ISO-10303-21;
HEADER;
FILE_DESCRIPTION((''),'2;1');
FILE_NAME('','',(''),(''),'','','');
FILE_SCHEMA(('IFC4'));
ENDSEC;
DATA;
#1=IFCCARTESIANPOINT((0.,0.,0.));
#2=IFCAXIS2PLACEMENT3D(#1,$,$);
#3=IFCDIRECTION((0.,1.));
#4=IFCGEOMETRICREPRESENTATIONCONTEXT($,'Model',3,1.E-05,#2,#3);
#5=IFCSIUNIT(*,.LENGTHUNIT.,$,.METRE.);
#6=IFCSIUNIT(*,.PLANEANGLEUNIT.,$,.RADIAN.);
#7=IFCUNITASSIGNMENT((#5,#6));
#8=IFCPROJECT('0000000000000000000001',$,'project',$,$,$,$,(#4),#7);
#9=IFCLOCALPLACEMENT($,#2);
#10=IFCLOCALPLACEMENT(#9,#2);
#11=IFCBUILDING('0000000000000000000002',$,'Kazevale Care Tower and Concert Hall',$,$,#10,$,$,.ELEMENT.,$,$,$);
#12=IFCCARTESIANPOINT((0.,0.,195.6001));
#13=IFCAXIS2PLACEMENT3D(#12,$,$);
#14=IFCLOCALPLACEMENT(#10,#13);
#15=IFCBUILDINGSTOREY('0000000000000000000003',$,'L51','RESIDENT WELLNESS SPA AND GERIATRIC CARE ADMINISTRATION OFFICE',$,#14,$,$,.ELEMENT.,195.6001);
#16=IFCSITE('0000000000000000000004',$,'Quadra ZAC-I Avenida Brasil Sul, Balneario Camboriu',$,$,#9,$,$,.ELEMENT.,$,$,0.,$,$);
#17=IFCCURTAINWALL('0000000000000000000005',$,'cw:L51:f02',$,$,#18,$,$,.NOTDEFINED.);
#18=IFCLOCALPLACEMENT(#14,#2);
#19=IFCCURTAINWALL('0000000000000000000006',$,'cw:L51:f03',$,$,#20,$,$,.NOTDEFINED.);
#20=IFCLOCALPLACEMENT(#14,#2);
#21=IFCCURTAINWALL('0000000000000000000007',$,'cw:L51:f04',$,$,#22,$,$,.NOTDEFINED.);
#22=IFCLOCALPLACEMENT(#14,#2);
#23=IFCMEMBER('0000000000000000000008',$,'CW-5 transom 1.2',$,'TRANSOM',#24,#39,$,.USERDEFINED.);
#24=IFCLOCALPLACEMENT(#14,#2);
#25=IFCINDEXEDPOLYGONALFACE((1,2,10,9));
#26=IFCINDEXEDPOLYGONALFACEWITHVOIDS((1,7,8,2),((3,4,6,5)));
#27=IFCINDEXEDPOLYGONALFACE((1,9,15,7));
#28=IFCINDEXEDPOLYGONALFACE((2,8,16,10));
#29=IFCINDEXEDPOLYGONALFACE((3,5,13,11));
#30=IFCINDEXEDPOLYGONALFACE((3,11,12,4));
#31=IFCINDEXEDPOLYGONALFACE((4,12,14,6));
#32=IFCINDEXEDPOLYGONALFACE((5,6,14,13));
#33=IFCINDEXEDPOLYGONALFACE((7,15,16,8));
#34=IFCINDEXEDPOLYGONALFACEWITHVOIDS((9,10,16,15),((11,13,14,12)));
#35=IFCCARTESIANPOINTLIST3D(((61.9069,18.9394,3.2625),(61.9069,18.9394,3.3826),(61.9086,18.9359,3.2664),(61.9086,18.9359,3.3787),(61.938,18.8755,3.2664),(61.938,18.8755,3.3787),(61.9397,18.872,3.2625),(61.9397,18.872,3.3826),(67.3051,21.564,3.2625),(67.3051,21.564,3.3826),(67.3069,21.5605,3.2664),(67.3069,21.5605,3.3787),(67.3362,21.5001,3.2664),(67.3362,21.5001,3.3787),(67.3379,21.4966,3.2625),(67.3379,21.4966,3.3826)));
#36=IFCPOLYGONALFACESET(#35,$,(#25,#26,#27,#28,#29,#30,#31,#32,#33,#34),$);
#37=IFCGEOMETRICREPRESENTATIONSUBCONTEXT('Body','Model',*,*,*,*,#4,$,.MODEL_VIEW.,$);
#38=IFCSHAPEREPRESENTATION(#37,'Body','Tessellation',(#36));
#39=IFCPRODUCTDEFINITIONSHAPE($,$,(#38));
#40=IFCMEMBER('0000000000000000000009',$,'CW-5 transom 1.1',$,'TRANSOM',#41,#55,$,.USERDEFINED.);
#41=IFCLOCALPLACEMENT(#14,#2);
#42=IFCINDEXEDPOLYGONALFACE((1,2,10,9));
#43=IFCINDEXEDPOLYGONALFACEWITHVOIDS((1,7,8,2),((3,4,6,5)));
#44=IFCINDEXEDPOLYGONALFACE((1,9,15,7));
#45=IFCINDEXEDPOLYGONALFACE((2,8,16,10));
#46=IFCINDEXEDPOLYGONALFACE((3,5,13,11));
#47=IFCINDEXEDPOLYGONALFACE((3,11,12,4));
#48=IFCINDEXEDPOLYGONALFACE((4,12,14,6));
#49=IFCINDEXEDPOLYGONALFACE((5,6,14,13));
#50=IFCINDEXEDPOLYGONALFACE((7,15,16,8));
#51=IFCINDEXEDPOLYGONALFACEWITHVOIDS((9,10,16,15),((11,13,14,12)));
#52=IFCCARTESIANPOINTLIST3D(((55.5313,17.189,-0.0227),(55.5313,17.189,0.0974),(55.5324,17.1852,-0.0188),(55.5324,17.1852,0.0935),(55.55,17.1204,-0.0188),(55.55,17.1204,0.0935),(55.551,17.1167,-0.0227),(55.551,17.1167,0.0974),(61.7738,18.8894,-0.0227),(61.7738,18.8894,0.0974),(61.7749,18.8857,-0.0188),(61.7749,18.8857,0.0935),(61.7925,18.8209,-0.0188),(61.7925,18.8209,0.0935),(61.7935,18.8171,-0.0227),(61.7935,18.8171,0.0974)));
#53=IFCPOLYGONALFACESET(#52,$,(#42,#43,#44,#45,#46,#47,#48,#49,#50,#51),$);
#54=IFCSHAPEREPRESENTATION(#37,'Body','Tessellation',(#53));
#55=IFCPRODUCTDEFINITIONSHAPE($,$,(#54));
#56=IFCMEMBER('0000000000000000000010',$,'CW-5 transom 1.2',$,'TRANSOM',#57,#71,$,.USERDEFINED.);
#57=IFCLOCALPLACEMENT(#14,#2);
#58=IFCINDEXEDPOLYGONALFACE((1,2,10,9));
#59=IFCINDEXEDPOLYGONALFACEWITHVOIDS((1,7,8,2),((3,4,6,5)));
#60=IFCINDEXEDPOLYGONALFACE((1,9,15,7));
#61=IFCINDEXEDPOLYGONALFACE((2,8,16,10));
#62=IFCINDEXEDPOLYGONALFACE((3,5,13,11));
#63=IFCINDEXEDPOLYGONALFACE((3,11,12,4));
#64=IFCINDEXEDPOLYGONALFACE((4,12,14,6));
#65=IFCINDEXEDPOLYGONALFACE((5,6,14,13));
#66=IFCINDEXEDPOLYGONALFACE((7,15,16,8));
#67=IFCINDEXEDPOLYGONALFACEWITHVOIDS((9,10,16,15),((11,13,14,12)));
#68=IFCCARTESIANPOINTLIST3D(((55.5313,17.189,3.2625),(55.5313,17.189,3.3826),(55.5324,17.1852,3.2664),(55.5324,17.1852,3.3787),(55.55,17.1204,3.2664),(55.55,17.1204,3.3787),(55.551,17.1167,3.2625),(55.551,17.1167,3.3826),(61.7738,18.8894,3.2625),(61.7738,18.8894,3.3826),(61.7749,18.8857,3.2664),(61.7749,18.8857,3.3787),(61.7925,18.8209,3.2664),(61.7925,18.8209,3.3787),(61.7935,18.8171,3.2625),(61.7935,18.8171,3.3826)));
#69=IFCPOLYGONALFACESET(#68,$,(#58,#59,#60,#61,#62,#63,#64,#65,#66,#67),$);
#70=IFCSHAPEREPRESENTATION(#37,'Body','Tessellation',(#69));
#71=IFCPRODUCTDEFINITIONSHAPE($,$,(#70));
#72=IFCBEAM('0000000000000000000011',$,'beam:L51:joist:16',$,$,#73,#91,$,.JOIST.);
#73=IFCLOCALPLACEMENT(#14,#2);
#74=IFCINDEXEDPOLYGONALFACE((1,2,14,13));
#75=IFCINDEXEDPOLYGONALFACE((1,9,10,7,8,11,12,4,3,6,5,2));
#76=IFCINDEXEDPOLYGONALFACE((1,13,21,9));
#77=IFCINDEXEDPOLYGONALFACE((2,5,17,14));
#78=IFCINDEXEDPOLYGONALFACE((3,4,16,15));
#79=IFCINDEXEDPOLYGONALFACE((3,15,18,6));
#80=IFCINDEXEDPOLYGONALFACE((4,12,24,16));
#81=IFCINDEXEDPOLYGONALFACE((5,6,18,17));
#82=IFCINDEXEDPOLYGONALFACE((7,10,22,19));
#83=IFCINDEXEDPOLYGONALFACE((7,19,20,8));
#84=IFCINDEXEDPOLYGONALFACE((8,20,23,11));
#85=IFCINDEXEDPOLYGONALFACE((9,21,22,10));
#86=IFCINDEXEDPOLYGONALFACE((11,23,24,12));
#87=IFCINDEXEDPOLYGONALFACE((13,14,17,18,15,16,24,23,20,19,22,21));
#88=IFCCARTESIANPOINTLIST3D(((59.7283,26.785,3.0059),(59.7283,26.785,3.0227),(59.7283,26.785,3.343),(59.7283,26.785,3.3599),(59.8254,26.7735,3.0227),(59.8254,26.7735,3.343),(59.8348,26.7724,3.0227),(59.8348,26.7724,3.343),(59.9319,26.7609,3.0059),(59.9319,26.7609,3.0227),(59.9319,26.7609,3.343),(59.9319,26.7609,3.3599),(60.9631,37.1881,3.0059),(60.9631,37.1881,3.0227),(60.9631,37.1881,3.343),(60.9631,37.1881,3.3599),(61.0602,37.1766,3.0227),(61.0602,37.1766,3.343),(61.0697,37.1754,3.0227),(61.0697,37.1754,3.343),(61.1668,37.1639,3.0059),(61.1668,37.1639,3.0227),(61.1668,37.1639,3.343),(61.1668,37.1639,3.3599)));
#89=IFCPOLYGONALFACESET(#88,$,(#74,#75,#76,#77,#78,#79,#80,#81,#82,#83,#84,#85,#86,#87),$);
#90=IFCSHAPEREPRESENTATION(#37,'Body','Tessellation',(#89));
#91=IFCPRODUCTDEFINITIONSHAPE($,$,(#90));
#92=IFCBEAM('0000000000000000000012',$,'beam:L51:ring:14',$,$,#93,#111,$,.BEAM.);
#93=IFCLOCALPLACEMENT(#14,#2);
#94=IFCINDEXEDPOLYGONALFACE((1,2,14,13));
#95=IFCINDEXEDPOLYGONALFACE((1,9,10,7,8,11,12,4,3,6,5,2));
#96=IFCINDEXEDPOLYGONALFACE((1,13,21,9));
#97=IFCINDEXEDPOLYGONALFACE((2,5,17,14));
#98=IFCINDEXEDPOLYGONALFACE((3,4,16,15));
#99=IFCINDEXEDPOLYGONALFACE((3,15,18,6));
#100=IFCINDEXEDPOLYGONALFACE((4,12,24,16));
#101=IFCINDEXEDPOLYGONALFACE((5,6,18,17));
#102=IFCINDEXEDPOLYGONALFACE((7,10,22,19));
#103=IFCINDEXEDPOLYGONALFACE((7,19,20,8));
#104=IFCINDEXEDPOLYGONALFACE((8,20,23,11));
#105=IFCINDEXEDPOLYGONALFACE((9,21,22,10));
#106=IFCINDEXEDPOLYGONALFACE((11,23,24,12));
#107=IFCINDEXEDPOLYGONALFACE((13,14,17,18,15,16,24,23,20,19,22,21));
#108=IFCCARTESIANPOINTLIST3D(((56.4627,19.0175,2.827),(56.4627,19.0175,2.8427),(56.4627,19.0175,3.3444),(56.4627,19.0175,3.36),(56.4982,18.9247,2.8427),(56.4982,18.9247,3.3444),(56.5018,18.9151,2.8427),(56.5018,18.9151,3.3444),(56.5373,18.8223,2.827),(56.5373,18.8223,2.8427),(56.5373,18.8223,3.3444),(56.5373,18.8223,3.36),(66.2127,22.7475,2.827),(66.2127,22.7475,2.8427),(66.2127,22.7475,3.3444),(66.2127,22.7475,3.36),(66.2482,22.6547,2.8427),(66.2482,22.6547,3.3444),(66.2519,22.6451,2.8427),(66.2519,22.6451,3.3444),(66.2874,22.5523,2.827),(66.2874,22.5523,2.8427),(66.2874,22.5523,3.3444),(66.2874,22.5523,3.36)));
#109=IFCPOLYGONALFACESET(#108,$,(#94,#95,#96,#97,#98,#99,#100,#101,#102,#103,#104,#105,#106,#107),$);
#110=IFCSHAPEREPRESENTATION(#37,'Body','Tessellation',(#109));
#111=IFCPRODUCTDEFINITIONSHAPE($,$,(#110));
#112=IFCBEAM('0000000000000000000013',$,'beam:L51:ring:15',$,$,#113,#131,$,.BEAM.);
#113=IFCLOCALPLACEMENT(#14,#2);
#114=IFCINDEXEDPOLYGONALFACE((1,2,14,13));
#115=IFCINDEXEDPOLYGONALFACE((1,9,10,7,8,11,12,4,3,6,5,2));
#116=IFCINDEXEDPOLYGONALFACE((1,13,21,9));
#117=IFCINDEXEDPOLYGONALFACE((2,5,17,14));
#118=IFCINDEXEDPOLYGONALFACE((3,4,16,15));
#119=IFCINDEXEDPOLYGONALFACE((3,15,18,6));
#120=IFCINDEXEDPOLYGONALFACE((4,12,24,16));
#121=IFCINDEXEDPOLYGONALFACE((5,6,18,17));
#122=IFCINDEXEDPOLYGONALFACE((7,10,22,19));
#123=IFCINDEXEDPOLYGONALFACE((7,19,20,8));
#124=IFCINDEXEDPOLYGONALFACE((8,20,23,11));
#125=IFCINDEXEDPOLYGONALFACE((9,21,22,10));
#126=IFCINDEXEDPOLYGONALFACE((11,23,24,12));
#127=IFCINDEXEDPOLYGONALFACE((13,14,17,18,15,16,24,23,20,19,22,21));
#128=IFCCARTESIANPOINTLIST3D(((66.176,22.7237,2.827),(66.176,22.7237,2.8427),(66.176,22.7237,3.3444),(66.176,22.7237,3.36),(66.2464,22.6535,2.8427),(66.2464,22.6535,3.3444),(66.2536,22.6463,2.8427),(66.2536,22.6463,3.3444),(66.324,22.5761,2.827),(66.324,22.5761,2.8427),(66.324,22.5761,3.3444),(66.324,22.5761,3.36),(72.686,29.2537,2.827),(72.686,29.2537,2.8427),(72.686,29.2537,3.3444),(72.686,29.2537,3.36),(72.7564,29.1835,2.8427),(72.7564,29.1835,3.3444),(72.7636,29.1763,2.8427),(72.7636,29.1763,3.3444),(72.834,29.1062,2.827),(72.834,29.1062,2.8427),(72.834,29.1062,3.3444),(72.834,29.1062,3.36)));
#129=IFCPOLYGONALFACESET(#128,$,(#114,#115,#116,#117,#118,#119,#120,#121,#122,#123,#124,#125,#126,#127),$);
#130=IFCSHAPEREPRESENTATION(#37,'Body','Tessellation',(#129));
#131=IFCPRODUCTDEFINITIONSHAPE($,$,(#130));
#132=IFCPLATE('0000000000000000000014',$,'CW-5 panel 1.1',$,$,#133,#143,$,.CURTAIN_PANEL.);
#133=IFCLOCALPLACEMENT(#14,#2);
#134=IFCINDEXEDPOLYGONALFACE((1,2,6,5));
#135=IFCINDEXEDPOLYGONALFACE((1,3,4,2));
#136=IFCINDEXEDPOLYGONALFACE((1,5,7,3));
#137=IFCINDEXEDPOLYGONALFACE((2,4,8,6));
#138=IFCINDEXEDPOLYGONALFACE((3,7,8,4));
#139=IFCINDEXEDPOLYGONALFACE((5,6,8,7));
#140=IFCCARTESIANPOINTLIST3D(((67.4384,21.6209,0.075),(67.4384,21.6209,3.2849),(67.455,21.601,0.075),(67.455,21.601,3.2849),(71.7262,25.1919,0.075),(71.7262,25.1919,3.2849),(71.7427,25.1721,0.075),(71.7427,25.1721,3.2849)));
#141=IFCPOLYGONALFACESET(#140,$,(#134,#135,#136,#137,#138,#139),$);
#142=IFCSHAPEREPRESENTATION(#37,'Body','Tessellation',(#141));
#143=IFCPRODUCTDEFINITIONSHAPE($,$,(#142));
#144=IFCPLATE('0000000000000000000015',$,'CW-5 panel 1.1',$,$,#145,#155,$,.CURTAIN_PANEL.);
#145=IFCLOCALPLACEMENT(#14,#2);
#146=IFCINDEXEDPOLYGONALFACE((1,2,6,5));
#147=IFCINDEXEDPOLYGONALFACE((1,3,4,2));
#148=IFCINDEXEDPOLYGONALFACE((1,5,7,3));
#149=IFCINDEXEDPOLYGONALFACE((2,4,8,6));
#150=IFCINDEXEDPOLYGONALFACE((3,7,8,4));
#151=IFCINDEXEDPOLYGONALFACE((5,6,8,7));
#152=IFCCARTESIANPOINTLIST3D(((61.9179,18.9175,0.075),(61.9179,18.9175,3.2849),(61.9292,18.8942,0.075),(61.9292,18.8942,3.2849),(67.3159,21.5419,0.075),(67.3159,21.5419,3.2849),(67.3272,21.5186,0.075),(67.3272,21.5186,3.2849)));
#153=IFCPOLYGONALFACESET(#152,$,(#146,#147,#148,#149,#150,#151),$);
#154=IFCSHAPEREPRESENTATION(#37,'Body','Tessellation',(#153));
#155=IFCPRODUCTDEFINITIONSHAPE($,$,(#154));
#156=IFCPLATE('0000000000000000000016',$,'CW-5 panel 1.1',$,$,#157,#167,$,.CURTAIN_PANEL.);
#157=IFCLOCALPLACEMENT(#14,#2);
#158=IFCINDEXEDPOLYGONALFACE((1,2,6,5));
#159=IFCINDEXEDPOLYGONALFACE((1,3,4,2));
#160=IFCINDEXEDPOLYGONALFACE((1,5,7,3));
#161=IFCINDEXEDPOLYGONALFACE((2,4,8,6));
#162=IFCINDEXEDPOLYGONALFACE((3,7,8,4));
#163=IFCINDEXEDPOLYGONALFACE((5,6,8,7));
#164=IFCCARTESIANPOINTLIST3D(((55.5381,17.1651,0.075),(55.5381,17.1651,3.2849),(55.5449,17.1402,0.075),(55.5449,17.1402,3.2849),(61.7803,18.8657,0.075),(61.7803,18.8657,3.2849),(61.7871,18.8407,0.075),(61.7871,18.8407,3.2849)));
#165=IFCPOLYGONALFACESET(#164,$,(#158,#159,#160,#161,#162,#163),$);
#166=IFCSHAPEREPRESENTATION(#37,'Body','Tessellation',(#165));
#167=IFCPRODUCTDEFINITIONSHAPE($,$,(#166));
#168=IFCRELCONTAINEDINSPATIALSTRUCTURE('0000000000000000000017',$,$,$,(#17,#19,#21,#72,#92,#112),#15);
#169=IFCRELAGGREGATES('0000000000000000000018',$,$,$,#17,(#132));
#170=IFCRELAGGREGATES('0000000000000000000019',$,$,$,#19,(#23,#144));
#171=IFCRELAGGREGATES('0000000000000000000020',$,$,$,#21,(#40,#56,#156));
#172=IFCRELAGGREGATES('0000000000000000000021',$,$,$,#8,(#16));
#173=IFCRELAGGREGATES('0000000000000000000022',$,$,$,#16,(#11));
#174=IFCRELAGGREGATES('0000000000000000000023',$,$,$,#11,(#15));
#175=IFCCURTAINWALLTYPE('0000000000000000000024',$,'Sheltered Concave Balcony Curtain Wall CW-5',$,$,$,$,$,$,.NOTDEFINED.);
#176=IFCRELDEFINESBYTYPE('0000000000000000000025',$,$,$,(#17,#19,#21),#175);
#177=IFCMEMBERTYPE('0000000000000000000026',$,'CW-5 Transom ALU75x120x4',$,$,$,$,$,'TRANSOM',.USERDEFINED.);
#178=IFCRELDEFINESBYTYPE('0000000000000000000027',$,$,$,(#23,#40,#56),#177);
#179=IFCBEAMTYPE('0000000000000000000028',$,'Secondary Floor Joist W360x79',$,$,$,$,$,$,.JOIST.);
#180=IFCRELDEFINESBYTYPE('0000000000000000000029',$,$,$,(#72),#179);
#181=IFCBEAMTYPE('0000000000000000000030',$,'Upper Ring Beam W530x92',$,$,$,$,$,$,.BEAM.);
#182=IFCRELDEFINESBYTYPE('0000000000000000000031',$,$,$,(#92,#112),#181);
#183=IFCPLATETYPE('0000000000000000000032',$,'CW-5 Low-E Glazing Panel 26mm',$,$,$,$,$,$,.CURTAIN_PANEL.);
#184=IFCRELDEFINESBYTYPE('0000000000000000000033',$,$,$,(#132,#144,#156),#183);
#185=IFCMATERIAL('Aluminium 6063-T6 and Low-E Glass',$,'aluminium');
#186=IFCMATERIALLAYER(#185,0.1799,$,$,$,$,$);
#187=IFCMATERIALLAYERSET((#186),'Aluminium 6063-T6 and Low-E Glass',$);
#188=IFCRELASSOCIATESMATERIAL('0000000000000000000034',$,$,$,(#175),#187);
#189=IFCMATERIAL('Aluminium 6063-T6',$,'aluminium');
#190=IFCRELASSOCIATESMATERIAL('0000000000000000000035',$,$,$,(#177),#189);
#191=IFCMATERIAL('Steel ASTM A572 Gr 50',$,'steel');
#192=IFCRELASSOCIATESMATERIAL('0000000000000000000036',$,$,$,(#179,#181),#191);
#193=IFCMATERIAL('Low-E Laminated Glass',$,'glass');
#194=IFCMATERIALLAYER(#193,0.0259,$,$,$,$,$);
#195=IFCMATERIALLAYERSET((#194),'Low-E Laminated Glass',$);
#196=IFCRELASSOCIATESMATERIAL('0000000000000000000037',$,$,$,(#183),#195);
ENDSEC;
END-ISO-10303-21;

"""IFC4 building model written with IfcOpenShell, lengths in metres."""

from ifc_helpers import new_model, si_unit, direction, frame, origin, origin_2d, place, context, subcontext, project, spatial, rectangle, hollow_rectangle, i_section, extrude, material, layer, layer_set, material_profile, profile_set, type_object, element, aggregate, save


model = new_model("IFC4")

# Units and contexts
model_context = context("Model", 3, precision=1e-05, world=origin(), true_north=direction((0.0, 1.0)))
body_context = subcontext(model_context, "Body", "Model", "MODEL_VIEW")
ifc_project = project(units=[si_unit("LENGTHUNIT", "METRE"), si_unit("PLANEANGLEUNIT", "RADIAN")], contexts=[model_context])

# Site, building, storey
site_placement = place(None, origin())
site = spatial("IfcSite", under=ifc_project, at=site_placement, Name="Quadra ZAC-I Avenida Brasil Sul, Balneario Camboriu", CompositionType="ELEMENT", RefElevation=0.0)
building_placement = place(site_placement, origin())
building = spatial("IfcBuilding", under=site, at=building_placement, Name="Kazevale Care Tower and Concert Hall", CompositionType="ELEMENT")
storey_placement = place(building_placement, frame((0.0, 0.0, 195.6001)))
storey = spatial("IfcBuildingStorey", under=building, at=storey_placement, Name="L51", Description="RESIDENT WELLNESS SPA AND GERIATRIC CARE ADMINISTRATION OFFICE", CompositionType="ELEMENT", Elevation=195.6001)

# Curtain walls
ifc_material_1 = material(Name="Aluminium 6063-T6 and Low-E Glass", Category="aluminium")
ifc_layer_1 = layer(ifc_material_1, 0.1799)
ifc_layer_set_1 = layer_set([ifc_layer_1], Name="Aluminium 6063-T6 and Low-E Glass")
curtain_wall_type = type_object("IfcCurtainWallType", Name="Sheltered Concave Balcony Curtain Wall CW-5", PredefinedType="NOTDEFINED", material=ifc_layer_set_1)
curtain_wall_1_placement = place(storey_placement, origin())
curtain_wall_1 = element("IfcCurtainWall", 1, at=curtain_wall_1_placement, inside=storey, type_object=curtain_wall_type, Name="cw:L51:f02", PredefinedType="NOTDEFINED")
ifc_material_2 = material(Name="Aluminium 6063-T6", Category="aluminium")
curtain_wall_2_placement = place(storey_placement, origin())
curtain_wall_2 = element("IfcCurtainWall", 2, at=curtain_wall_2_placement, inside=storey, type_object=curtain_wall_type, Name="cw:L51:f03", PredefinedType="NOTDEFINED")

# Curtain wall
curtain_wall_3_placement = place(storey_placement, origin())
curtain_wall_3 = element("IfcCurtainWall", 3, at=curtain_wall_3_placement, inside=storey, type_object=curtain_wall_type, Name="cw:L51:f04", PredefinedType="NOTDEFINED")

# Members
ifc_material_profile_1 = material_profile(ifc_material_2, hollow_rectangle(XDim=0.075, YDim=0.1201, WallThickness=0.0039, at=origin_2d()), Name="ALU75x120x4")
ifc_profile_set_1 = profile_set([ifc_material_profile_1], Name="Aluminium 6063-T6")
member_type_1 = type_object("IfcMemberType", Name="CW-5 Transom ALU75x120x4", ElementType="TRANSOM", PredefinedType="USERDEFINED", material=ifc_profile_set_1)
member_1_placement = place(storey_placement, frame((67.3215, 21.5303, 3.3225), z_axis=(-0.899342, -0.437245, 0.0), x_axis=(0.437245, -0.899342, 0.0)))
member_1 = element("IfcMember", 4, at=member_1_placement, type_object=member_type_1, Name="CW-5 transom 1.2", ObjectType="TRANSOM", PredefinedType="USERDEFINED", context=body_context, shape_type="SweptSolid", body=[
    extrude(hollow_rectangle(XDim=0.075, YDim=0.1201, WallThickness=0.0039, at=origin_2d()), origin(), (0.0, 0.0, 1.0), 6.0024),
])
member_2_placement = place(storey_placement, frame((61.7837, 18.8533, 0.0374), z_axis=(-0.964844, -0.262824, 0.0), x_axis=(0.262824, -0.964844, 0.0)))
member_2 = element("IfcMember", 5, at=member_2_placement, type_object=member_type_1, Name="CW-5 transom 1.1", ObjectType="TRANSOM", PredefinedType="USERDEFINED", context=body_context, shape_type="SweptSolid", body=[
    extrude(hollow_rectangle(XDim=0.075, YDim=0.1201, WallThickness=0.0039, at=origin_2d()), origin(), (0.0, 0.0, 1.0), 6.47),
])
member_3_placement = place(storey_placement, frame((61.7837, 18.8533, 3.3225), z_axis=(-0.964844, -0.262824, 0.0), x_axis=(0.262824, -0.964844, 0.0)))
member_3 = element("IfcMember", 6, at=member_3_placement, type_object=member_type_1, Name="CW-5 transom 1.2", ObjectType="TRANSOM", PredefinedType="USERDEFINED", context=body_context, shape_type="SweptSolid", body=[
    extrude(hollow_rectangle(XDim=0.075, YDim=0.1201, WallThickness=0.0039, at=origin_2d()), origin(), (0.0, 0.0, 1.0), 6.47),
])

# Beams
ifc_material_3 = material(Name="Steel ASTM A572 Gr 50", Category="steel")
ifc_material_profile_2 = material_profile(ifc_material_3, i_section(OverallWidth=0.2051, OverallDepth=0.354, WebThickness=0.0095, FlangeThickness=0.0168, at=origin_2d()), Name="W360x79")
ifc_profile_set_2 = profile_set([ifc_material_profile_2], Name="Steel ASTM A572 Gr 50")
beam_type_1 = type_object("IfcBeamType", Name="Secondary Floor Joist W360x79", PredefinedType="JOIST", material=ifc_profile_set_2)
beam_1_placement = place(storey_placement, frame((59.8301, 26.7729, 3.1829), z_axis=(0.117874, 0.993029, 0.0), x_axis=(-0.993029, 0.117874, 0.0)))
element("IfcBeam", 7, at=beam_1_placement, inside=storey, type_object=beam_type_1, Name="beam:L51:joist:16", PredefinedType="JOIST", context=body_context, shape_type="SweptSolid", body=[
    extrude(i_section(OverallWidth=0.2051, OverallDepth=0.354, WebThickness=0.0095, FlangeThickness=0.0168, at=origin_2d()), origin(), (0.0, 0.0, 1.0), 10.4761),
])
ifc_material_profile_3 = material_profile(ifc_material_3, i_section(OverallWidth=0.209, OverallDepth=0.533, WebThickness=0.0103, FlangeThickness=0.0156, at=origin_2d()), Name="W530x92")
ifc_profile_set_3 = profile_set([ifc_material_profile_3], Name="Steel ASTM A572 Gr 50")
beam_type_2 = type_object("IfcBeamType", Name="Upper Ring Beam W530x92", PredefinedType="BEAM", material=ifc_profile_set_3)
beam_2_placement = place(storey_placement, frame((56.5, 18.9199, 3.0935), z_axis=(0.933987, 0.357308, 0.0), x_axis=(-0.357308, 0.933987, 0.0)))
element("IfcBeam", 8, at=beam_2_placement, inside=storey, type_object=beam_type_2, Name="beam:L51:ring:14", PredefinedType="BEAM", context=body_context, shape_type="SweptSolid", body=[
    extrude(i_section(OverallWidth=0.209, OverallDepth=0.533, WebThickness=0.0103, FlangeThickness=0.0156, at=origin_2d()), origin(), (0.0, 0.0, 1.0), 10.4392),
])
beam_3_placement = place(storey_placement, frame((66.25, 22.6499, 3.0935), z_axis=(0.70602, 0.708192, 0.0), x_axis=(-0.708192, 0.70602, 0.0)))
element("IfcBeam", 9, at=beam_3_placement, inside=storey, type_object=beam_type_2, Name="beam:L51:ring:15", PredefinedType="BEAM", context=body_context, shape_type="SweptSolid", body=[
    extrude(i_section(OverallWidth=0.209, OverallDepth=0.533, WebThickness=0.0103, FlangeThickness=0.0156, at=origin_2d()), origin(), (0.0, 0.0, 1.0), 9.2207),
])

# Plates
ifc_material_4 = material(Name="Low-E Laminated Glass", Category="glass")
ifc_layer_2 = layer(ifc_material_4, 0.0259)
ifc_layer_set_2 = layer_set([ifc_layer_2], Name="Low-E Laminated Glass")
plate_type = type_object("IfcPlateType", Name="CW-5 Low-E Glazing Panel 26mm", PredefinedType="CURTAIN_PANEL", material=ifc_layer_set_2)
plate_1_placement = place(storey_placement, frame((69.5906, 23.3965, 0.075), z_axis=(0.0, 0.0, 1.0), x_axis=(-0.768407, -0.639961, 0.0)))
plate_1 = element("IfcPlate", 10, at=plate_1_placement, type_object=plate_type, Name="CW-5 panel 1.1", PredefinedType="CURTAIN_PANEL", context=body_context, shape_type="SweptSolid", body=[
    extrude(rectangle(XDim=5.5801, YDim=0.0259, at=origin_2d()), origin(), (0.0, 0.0, 1.0), 3.21),
])
aggregate(curtain_wall_1, [plate_1])
plate_2_placement = place(storey_placement, frame((64.6226, 20.218, 0.075), z_axis=(0.0, 0.0, 1.0), x_axis=(-0.899346, -0.437238, 0.0)))
plate_2 = element("IfcPlate", 11, at=plate_2_placement, type_object=plate_type, Name="CW-5 panel 1.1", PredefinedType="CURTAIN_PANEL", context=body_context, shape_type="SweptSolid", body=[
    extrude(rectangle(XDim=6.0022, YDim=0.0259, at=origin_2d()), origin(), (0.0, 0.0, 1.0), 3.21),
])
aggregate(curtain_wall_2, [member_1, plate_2])
plate_3_placement = place(storey_placement, frame((58.6626, 18.0029, 0.075), z_axis=(0.0, 0.0, 1.0), x_axis=(-0.964837, -0.262849, 0.0)))
plate_3 = element("IfcPlate", 12, at=plate_3_placement, type_object=plate_type, Name="CW-5 panel 1.1", PredefinedType="CURTAIN_PANEL", context=body_context, shape_type="SweptSolid", body=[
    extrude(rectangle(XDim=6.4697, YDim=0.0259, at=origin_2d()), origin(), (0.0, 0.0, 1.0), 3.21),
])
aggregate(curtain_wall_3, [member_2, member_3, plate_3])

save(model, "model.ifc")
